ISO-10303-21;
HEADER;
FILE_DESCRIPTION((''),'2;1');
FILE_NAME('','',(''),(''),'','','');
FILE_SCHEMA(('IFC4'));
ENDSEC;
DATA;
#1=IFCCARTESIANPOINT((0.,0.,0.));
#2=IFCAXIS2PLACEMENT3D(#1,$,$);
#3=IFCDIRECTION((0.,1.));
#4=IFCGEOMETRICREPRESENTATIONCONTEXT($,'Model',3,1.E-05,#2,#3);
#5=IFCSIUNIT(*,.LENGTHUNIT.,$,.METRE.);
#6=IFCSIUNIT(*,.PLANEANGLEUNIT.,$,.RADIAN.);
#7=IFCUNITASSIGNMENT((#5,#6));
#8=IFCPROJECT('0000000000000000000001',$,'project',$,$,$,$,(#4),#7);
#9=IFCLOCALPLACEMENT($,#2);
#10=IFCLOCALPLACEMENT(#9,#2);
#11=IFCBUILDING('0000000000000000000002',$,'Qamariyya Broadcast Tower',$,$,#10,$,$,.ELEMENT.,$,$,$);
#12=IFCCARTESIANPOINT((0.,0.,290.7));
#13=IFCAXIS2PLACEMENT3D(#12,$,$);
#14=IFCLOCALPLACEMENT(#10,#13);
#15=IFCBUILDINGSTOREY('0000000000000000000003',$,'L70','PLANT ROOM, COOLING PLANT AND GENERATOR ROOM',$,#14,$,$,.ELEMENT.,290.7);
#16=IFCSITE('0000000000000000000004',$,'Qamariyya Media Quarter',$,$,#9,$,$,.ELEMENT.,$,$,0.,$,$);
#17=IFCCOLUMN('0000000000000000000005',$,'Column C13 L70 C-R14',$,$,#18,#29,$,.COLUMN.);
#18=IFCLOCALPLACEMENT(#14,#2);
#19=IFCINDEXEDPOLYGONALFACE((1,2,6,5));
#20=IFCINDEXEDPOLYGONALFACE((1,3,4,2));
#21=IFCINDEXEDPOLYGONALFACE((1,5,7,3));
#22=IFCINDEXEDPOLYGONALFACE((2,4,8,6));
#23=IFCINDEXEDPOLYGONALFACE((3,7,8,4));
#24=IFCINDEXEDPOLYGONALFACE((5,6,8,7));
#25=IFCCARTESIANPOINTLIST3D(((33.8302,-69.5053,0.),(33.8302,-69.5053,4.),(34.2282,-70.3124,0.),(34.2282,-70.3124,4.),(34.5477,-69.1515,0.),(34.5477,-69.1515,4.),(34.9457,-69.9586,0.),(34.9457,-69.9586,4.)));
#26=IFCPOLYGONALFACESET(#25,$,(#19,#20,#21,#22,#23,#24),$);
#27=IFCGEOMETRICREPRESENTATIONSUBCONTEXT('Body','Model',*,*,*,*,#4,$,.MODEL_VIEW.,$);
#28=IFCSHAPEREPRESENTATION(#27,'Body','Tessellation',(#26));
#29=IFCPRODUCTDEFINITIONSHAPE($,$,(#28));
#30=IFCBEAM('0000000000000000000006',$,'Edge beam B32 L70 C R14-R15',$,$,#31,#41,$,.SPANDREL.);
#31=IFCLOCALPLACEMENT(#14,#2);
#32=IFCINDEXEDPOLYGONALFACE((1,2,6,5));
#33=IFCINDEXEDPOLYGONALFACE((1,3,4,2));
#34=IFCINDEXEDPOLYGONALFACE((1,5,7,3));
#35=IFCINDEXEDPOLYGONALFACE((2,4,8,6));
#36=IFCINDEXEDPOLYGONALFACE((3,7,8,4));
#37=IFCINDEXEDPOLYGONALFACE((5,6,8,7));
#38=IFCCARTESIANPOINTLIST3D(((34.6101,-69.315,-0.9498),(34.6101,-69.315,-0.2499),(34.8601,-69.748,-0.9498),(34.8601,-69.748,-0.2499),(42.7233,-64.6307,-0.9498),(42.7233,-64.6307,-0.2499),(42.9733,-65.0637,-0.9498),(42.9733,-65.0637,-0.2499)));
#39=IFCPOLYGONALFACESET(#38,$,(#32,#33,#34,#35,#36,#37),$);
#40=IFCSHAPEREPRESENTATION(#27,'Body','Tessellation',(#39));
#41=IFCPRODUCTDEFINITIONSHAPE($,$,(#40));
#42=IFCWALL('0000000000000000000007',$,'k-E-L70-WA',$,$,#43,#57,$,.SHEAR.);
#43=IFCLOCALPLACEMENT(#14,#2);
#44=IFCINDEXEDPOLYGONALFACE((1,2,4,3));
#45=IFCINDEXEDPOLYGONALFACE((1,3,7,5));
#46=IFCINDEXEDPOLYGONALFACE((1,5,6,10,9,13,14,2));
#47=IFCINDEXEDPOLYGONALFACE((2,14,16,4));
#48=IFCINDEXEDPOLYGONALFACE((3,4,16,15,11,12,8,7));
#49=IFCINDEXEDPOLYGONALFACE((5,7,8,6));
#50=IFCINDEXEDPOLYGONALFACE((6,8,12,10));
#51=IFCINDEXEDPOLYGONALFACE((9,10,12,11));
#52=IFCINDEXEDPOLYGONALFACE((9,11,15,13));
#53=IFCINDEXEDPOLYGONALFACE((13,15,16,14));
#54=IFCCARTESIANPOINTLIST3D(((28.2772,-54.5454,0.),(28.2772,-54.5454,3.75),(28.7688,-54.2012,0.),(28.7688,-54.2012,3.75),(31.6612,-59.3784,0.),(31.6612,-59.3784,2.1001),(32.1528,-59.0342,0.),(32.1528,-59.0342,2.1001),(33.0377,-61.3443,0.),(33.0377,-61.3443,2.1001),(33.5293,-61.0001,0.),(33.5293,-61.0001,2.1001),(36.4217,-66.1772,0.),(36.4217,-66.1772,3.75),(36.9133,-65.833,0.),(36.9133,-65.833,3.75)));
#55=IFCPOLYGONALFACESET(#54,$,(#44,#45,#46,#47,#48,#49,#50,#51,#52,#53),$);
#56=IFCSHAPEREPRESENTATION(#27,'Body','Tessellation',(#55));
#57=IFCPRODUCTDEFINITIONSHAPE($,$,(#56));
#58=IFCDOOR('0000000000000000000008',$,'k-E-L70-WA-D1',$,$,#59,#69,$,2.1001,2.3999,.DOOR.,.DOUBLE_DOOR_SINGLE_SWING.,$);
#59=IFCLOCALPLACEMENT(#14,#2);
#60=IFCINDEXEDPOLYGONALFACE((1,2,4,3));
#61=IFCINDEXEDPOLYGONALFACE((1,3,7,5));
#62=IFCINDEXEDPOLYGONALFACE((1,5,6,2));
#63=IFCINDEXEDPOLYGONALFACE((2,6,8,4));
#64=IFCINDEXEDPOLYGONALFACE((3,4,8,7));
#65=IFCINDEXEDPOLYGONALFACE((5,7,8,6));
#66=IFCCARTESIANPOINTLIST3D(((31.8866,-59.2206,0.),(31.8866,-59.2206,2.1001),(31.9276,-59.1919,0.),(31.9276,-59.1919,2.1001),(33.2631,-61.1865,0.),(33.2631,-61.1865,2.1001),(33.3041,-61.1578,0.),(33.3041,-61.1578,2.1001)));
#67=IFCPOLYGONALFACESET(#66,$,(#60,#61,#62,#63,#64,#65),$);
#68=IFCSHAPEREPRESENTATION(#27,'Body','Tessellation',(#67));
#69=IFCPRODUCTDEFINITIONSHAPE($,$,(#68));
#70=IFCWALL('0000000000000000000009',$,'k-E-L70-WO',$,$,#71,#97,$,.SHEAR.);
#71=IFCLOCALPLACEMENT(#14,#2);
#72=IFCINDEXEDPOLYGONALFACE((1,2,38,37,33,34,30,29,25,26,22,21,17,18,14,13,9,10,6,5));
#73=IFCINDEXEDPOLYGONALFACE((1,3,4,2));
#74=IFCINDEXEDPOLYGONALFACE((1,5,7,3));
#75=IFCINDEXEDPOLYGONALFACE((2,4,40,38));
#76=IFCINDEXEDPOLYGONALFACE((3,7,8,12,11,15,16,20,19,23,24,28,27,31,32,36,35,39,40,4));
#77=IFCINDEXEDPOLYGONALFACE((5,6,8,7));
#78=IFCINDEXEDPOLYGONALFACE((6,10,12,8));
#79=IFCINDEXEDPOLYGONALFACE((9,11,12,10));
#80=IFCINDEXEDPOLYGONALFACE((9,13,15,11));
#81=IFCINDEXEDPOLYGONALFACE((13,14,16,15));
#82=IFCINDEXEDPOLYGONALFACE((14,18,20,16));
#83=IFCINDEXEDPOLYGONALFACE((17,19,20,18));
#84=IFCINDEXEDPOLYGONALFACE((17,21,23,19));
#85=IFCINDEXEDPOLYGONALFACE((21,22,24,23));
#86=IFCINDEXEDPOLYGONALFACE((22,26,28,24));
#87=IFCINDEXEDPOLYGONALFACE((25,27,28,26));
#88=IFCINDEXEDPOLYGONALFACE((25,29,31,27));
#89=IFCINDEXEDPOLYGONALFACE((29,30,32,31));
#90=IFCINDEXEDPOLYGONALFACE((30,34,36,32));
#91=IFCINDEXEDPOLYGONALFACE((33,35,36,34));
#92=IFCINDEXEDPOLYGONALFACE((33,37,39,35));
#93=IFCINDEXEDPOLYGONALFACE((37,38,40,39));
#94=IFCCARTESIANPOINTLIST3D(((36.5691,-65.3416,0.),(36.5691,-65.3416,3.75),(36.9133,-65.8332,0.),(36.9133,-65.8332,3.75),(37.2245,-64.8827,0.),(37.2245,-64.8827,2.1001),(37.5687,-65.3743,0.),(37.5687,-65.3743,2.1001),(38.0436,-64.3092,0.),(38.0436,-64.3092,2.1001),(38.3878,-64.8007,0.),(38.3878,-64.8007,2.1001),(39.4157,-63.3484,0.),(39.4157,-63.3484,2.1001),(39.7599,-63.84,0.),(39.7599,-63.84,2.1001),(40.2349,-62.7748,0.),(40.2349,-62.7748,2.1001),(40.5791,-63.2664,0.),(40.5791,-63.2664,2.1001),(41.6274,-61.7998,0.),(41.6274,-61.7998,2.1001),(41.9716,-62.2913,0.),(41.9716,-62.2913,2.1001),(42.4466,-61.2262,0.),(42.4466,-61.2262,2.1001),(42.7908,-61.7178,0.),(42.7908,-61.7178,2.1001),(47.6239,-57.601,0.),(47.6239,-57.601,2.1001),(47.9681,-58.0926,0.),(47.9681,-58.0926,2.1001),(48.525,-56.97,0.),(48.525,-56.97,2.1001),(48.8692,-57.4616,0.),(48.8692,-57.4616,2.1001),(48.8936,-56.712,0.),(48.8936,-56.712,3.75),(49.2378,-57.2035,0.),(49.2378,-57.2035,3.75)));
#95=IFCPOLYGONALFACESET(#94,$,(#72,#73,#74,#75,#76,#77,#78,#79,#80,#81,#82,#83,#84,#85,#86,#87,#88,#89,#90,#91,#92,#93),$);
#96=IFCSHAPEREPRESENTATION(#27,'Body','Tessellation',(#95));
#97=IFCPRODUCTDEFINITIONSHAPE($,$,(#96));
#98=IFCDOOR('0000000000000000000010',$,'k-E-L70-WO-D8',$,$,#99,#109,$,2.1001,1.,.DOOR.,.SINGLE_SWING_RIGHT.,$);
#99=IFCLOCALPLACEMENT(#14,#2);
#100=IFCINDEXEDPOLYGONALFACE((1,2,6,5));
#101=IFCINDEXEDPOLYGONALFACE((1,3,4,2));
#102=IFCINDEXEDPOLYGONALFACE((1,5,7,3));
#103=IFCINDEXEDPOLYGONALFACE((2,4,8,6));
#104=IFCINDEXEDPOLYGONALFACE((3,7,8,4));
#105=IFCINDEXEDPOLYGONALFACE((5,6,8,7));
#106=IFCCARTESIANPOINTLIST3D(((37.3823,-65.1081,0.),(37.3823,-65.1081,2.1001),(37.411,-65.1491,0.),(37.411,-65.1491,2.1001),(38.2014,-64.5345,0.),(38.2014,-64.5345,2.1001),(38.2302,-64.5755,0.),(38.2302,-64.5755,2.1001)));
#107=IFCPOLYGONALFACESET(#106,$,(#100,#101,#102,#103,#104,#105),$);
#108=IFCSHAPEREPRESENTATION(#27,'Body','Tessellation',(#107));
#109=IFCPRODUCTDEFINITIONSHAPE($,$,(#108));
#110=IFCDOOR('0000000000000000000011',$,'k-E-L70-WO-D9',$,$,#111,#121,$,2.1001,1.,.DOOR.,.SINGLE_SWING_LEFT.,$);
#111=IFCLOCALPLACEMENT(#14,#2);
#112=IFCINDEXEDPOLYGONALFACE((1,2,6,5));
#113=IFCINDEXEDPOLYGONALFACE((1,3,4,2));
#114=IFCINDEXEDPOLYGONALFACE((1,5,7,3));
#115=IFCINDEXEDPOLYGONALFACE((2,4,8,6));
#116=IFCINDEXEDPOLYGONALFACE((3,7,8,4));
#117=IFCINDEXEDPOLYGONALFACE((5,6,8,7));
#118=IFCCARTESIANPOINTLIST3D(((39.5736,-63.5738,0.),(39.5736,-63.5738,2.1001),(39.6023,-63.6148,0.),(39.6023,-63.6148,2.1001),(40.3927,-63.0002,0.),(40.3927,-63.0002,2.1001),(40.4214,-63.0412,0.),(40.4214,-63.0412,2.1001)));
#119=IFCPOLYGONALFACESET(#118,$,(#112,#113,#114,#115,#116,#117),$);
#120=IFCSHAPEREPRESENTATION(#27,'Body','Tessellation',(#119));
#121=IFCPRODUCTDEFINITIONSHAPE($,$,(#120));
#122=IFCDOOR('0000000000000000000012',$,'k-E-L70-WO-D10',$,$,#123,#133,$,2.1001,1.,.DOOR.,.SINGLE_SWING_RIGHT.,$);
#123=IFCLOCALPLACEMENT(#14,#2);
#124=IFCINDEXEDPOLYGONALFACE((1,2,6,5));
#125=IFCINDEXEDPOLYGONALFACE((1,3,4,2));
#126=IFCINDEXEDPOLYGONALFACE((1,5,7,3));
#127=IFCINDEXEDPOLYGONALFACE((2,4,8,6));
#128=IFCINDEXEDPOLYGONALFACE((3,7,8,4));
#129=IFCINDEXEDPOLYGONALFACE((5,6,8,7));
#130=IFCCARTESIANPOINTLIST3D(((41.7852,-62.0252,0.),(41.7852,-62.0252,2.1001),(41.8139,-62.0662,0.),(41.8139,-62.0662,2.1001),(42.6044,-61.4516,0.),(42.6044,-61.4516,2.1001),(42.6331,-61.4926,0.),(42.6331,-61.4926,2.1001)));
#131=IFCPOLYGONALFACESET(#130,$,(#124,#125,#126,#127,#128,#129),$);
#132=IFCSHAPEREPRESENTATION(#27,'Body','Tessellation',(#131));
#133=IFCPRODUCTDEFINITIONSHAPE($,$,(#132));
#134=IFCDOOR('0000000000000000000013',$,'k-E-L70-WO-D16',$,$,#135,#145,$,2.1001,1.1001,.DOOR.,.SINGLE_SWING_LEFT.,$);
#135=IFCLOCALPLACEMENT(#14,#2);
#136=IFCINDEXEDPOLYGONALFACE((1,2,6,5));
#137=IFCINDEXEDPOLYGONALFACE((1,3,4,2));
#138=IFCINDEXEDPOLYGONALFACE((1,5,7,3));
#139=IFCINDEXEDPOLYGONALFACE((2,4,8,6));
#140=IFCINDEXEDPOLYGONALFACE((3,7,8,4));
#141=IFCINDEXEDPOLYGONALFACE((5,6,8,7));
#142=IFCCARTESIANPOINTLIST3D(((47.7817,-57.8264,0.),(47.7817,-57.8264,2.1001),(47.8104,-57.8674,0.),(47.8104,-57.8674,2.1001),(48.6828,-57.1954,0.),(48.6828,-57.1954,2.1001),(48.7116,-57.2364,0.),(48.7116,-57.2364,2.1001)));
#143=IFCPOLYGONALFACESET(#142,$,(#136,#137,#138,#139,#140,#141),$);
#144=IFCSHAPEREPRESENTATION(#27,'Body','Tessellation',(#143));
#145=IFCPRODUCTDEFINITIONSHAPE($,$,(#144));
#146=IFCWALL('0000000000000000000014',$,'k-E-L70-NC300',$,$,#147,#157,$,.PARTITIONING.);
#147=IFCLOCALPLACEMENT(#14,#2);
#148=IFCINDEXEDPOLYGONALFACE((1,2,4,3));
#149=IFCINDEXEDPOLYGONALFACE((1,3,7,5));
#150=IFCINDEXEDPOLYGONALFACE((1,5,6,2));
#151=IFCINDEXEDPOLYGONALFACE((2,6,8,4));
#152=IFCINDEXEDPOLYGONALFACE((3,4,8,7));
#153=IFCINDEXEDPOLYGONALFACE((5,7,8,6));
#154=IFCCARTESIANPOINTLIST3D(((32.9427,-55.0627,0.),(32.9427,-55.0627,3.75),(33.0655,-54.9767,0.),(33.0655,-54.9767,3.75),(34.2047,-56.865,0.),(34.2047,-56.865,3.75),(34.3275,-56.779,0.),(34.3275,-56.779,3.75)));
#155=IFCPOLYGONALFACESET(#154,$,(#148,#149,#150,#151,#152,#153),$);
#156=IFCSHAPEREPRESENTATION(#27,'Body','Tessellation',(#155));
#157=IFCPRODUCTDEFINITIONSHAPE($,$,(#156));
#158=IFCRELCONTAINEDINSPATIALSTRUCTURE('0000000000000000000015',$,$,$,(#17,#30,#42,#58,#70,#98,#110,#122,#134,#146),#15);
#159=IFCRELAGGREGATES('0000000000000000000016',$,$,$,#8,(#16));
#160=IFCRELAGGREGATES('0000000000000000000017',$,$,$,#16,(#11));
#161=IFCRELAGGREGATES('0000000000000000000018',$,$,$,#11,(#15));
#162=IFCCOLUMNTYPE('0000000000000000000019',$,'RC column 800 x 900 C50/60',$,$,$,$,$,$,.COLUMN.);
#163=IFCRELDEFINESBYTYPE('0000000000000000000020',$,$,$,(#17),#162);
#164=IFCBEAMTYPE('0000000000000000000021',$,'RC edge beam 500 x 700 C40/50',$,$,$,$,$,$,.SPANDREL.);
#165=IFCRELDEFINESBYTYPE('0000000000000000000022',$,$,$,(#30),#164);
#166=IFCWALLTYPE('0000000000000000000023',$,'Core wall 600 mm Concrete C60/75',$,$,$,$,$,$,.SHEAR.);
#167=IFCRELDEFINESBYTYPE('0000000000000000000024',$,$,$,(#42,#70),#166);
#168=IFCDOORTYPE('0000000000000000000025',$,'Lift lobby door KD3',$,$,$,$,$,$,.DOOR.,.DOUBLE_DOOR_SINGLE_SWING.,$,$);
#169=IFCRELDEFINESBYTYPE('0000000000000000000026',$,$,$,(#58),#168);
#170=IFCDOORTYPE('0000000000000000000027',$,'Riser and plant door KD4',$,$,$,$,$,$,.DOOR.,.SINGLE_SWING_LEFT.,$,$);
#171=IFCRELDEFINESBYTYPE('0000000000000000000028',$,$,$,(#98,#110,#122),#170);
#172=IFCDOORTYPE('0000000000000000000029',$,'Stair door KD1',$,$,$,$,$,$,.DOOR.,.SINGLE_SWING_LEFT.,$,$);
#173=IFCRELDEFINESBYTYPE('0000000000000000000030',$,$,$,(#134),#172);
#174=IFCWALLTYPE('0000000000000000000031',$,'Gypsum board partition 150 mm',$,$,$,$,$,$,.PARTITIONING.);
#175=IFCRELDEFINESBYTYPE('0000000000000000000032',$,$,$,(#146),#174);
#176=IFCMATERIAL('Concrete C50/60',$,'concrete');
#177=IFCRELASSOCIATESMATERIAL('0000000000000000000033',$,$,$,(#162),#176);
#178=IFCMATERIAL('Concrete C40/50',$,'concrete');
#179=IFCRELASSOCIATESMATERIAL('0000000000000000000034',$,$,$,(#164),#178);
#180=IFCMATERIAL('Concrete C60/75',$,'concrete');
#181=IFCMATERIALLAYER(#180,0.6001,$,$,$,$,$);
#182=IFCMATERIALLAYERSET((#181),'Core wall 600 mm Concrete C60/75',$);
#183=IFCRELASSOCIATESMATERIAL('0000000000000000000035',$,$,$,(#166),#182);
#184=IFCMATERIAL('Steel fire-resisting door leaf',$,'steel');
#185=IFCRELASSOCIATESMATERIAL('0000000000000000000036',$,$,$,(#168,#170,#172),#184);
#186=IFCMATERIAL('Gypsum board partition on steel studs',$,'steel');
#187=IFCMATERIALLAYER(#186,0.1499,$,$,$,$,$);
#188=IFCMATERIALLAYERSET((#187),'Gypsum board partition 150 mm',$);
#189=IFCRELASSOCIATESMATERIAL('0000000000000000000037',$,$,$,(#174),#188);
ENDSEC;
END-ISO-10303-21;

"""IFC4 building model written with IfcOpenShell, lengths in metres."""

from ifc_helpers import new_model, si_unit, direction, frame, frame_2d, origin, origin_2d, place, context, subcontext, project, spatial, rectangle, extrude, material, layer, layer_set, material_profile, profile_set, type_object, element, fill, save


model = new_model("IFC4")

# Units and contexts
model_context = context("Model", 3, precision=1e-05, world=origin(), true_north=direction((0.0, 1.0)))
body_context = subcontext(model_context, "Body", "Model", "MODEL_VIEW")
ifc_project = project(units=[si_unit("LENGTHUNIT", "METRE"), si_unit("PLANEANGLEUNIT", "RADIAN")], contexts=[model_context])

# Site, building, storey
site_placement = place(None, origin())
site = spatial("IfcSite", under=ifc_project, at=site_placement, Name="Qamariyya Media Quarter", CompositionType="ELEMENT", RefElevation=0.0)
building_placement = place(site_placement, origin())
building = spatial("IfcBuilding", under=site, at=building_placement, Name="Qamariyya Broadcast Tower", CompositionType="ELEMENT")
storey_placement = place(building_placement, frame((0.0, 0.0, 290.7)))
storey = spatial("IfcBuildingStorey", under=building, at=storey_placement, Name="L70", Description="PLANT ROOM, COOLING PLANT AND GENERATOR ROOM", CompositionType="ELEMENT", Elevation=290.7)

# Column
ifc_material_1 = material(Name="Concrete C50/60", Category="concrete")
ifc_material_profile_1 = material_profile(ifc_material_1, rectangle(XDim=0.8, YDim=0.8999, at=origin_2d()))
ifc_profile_set_1 = profile_set([ifc_material_profile_1], Name="Concrete C50/60")
column_type = type_object("IfcColumnType", Name="RC column 800 x 900 C50/60", PredefinedType="COLUMN", material=ifc_profile_set_1)
column_placement = place(storey_placement, frame((34.3879, -69.7319, 0.0), z_axis=(0.0, 0.0, 1.0), x_axis=(0.896873, 0.442289, 0.0)))
element("IfcColumn", 1, at=column_placement, inside=storey, type_object=column_type, Name="Column C13 L70 C-R14", PredefinedType="COLUMN", context=body_context, shape_type="SweptSolid", body=[
    extrude(rectangle(XDim=0.8, YDim=0.8999, at=origin_2d()), origin(), (0.0, 0.0, 1.0), 4.0),
])

# Beam
ifc_material_2 = material(Name="Concrete C40/50", Category="concrete")
ifc_material_profile_2 = material_profile(ifc_material_2, rectangle(XDim=0.5, YDim=0.7, at=origin_2d()))
ifc_profile_set_2 = profile_set([ifc_material_profile_2], Name="Concrete C40/50")
beam_type = type_object("IfcBeamType", Name="RC edge beam 500 x 700 C40/50", PredefinedType="SPANDREL", material=ifc_profile_set_2)
beam_placement = place(storey_placement, frame((34.7351, -69.5315, -0.5999), z_axis=(0.86602, 0.50001, 0.0), x_axis=(-0.50001, 0.86602, 0.0)))
element("IfcBeam", 2, at=beam_placement, inside=storey, type_object=beam_type, Name="Edge beam B32 L70 C R14-R15", PredefinedType="SPANDREL", context=body_context, shape_type="SweptSolid", body=[
    extrude(rectangle(XDim=0.5, YDim=0.7, at=origin_2d()), origin(), (0.0, 0.0, 1.0), 9.3684),
])

# Wall, opening, door
ifc_material_3 = material(Name="Concrete C60/75", Category="concrete")
ifc_layer_1 = layer(ifc_material_3, 0.6001)
ifc_layer_set_1 = layer_set([ifc_layer_1], Name="Core wall 600 mm Concrete C60/75")
wall_type_1 = type_object("IfcWallType", Name="Core wall 600 mm Concrete C60/75", PredefinedType="SHEAR", material=ifc_layer_set_1)
wall_1_placement = place(storey_placement, frame((36.6675, -66.0051, 0.0), z_axis=(0.0, 0.0, 1.0), x_axis=(-0.573568, 0.819158, 0.0)))
wall_1 = element("IfcWall", 3, at=wall_1_placement, inside=storey, type_object=wall_type_1, Name="k-E-L70-WA", PredefinedType="SHEAR", context=body_context, shape_type="SweptSolid", body=[
    extrude(rectangle(XDim=14.1997, YDim=0.6001, at=frame_2d((7.0999, 0.0))), origin(), (0.0, 0.0, 1.0), 3.75),
])
opening_1_placement = place(wall_1_placement, frame((5.8999, 0.0, 0.0)))
opening_1 = element("IfcOpeningElement", 4, at=opening_1_placement, cuts=wall_1, PredefinedType="OPENING", context=body_context, shape_type="SweptSolid", body=[
    extrude(rectangle(XDim=2.3999, YDim=2.1001, at=frame_2d((1.2, 1.05))), frame((0.0, 0.3101, 0.0), z_axis=(0.0, -1.0, 0.0), x_axis=(1.0, 0.0, 0.0)), (0.0, 0.0, 1.0), 0.6201),
])
ifc_material_4 = material(Name="Steel fire-resisting door leaf", Category="steel")
door_type_1 = type_object("IfcDoorType", Name="Lift lobby door KD3", OperationType="DOUBLE_DOOR_SINGLE_SWING", PredefinedType="DOOR", material=ifc_material_4)
door_1_placement = place(opening_1_placement, origin())
door_1 = element("IfcDoor", 5, at=door_1_placement, inside=storey, type_object=door_type_1, Name="k-E-L70-WA-D1", OperationType="DOUBLE_DOOR_SINGLE_SWING", OverallHeight=2.1001, OverallWidth=2.3999, PredefinedType="DOOR", context=body_context, shape_type="SweptSolid", body=[
    extrude(rectangle(XDim=2.3999, YDim=2.1001, at=frame_2d((1.2, 1.05))), frame((0.0, 0.0249, 0.0), z_axis=(0.0, -1.0, 0.0), x_axis=(1.0, 0.0, 0.0)), (0.0, 0.0, 1.0), 0.05),
])
fill(opening_1, door_1)

# Wall, openings, doors
wall_2_placement = place(storey_placement, frame((36.7412, -65.5874, 0.0), z_axis=(0.0, 0.0, 1.0), x_axis=(0.819153, 0.573575, 0.0)))
wall_2 = element("IfcWall", 6, at=wall_2_placement, inside=storey, type_object=wall_type_1, Name="k-E-L70-WO", PredefinedType="SHEAR", context=body_context, shape_type="SweptSolid", body=[
    extrude(rectangle(XDim=15.0454, YDim=0.6001, at=frame_2d((7.5227, 0.0))), origin(), (0.0, 0.0, 1.0), 3.75),
])
opening_2_placement = place(wall_2_placement, frame((0.8, 0.0, 0.0)))
opening_2 = element("IfcOpeningElement", 7, at=opening_2_placement, cuts=wall_2, PredefinedType="OPENING", context=body_context, shape_type="SweptSolid", body=[
    extrude(rectangle(XDim=1.0, YDim=2.1001, at=frame_2d((0.5, 1.05))), frame((0.0, 0.3101, 0.0), z_axis=(0.0, -1.0, 0.0), x_axis=(1.0, 0.0, 0.0)), (0.0, 0.0, 1.0), 0.6201),
])
opening_3_placement = place(wall_2_placement, frame((3.4751, 0.0, 0.0)))
opening_3 = element("IfcOpeningElement", 8, at=opening_3_placement, cuts=wall_2, PredefinedType="OPENING", context=body_context, shape_type="SweptSolid", body=[
    extrude(rectangle(XDim=1.0, YDim=2.1001, at=frame_2d((0.5, 1.05))), frame((0.0, 0.3101, 0.0), z_axis=(0.0, -1.0, 0.0), x_axis=(1.0, 0.0, 0.0)), (0.0, 0.0, 1.0), 0.6201),
])
opening_4_placement = place(wall_2_placement, frame((6.175, 0.0, 0.0)))
opening_4 = element("IfcOpeningElement", 9, at=opening_4_placement, cuts=wall_2, PredefinedType="OPENING", context=body_context, shape_type="SweptSolid", body=[
    extrude(rectangle(XDim=1.0, YDim=2.1001, at=frame_2d((0.5, 1.05))), frame((0.0, 0.3101, 0.0), z_axis=(0.0, -1.0, 0.0), x_axis=(1.0, 0.0, 0.0)), (0.0, 0.0, 1.0), 0.6201),
])
opening_5_placement = place(wall_2_placement, frame((13.4954, 0.0, 0.0)))
opening_5 = element("IfcOpeningElement", 10, at=opening_5_placement, cuts=wall_2, PredefinedType="OPENING", context=body_context, shape_type="SweptSolid", body=[
    extrude(rectangle(XDim=1.1001, YDim=2.1001, at=frame_2d((0.55, 1.05))), frame((0.0, 0.3101, 0.0), z_axis=(0.0, -1.0, 0.0), x_axis=(1.0, 0.0, 0.0)), (0.0, 0.0, 1.0), 0.6201),
])
door_type_2 = type_object("IfcDoorType", Name="Riser and plant door KD4", OperationType="SINGLE_SWING_LEFT", PredefinedType="DOOR", material=ifc_material_4)
door_2_placement = place(opening_2_placement, origin())
door_2 = element("IfcDoor", 11, at=door_2_placement, inside=storey, type_object=door_type_2, Name="k-E-L70-WO-D8", OperationType="SINGLE_SWING_RIGHT", OverallHeight=2.1001, OverallWidth=1.0, PredefinedType="DOOR", context=body_context, shape_type="SweptSolid", body=[
    extrude(rectangle(XDim=1.0, YDim=2.1001, at=frame_2d((0.5, 1.05))), frame((0.0, 0.0249, 0.0), z_axis=(0.0, -1.0, 0.0), x_axis=(1.0, 0.0, 0.0)), (0.0, 0.0, 1.0), 0.05),
])
fill(opening_2, door_2)
door_3_placement = place(opening_3_placement, origin())
door_3 = element("IfcDoor", 12, at=door_3_placement, inside=storey, type_object=door_type_2, Name="k-E-L70-WO-D9", OperationType="SINGLE_SWING_LEFT", OverallHeight=2.1001, OverallWidth=1.0, PredefinedType="DOOR", context=body_context, shape_type="SweptSolid", body=[
    extrude(rectangle(XDim=1.0, YDim=2.1001, at=frame_2d((0.5, 1.05))), frame((0.0, 0.0249, 0.0), z_axis=(0.0, -1.0, 0.0), x_axis=(1.0, 0.0, 0.0)), (0.0, 0.0, 1.0), 0.05),
])
fill(opening_3, door_3)
door_4_placement = place(opening_4_placement, origin())
door_4 = element("IfcDoor", 13, at=door_4_placement, inside=storey, type_object=door_type_2, Name="k-E-L70-WO-D10", OperationType="SINGLE_SWING_RIGHT", OverallHeight=2.1001, OverallWidth=1.0, PredefinedType="DOOR", context=body_context, shape_type="SweptSolid", body=[
    extrude(rectangle(XDim=1.0, YDim=2.1001, at=frame_2d((0.5, 1.05))), frame((0.0, 0.0249, 0.0), z_axis=(0.0, -1.0, 0.0), x_axis=(1.0, 0.0, 0.0)), (0.0, 0.0, 1.0), 0.05),
])
fill(opening_4, door_4)
door_type_3 = type_object("IfcDoorType", Name="Stair door KD1", OperationType="SINGLE_SWING_LEFT", PredefinedType="DOOR", material=ifc_material_4)
door_5_placement = place(opening_5_placement, origin())
door_5 = element("IfcDoor", 14, at=door_5_placement, inside=storey, type_object=door_type_3, Name="k-E-L70-WO-D16", OperationType="SINGLE_SWING_LEFT", OverallHeight=2.1001, OverallWidth=1.1001, PredefinedType="DOOR", context=body_context, shape_type="SweptSolid", body=[
    extrude(rectangle(XDim=1.1001, YDim=2.1001, at=frame_2d((0.55, 1.05))), frame((0.0, 0.0249, 0.0), z_axis=(0.0, -1.0, 0.0), x_axis=(1.0, 0.0, 0.0)), (0.0, 0.0, 1.0), 0.05),
])
fill(opening_5, door_5)

# Wall
ifc_material_5 = material(Name="Gypsum board partition on steel studs", Category="steel")
ifc_layer_2 = layer(ifc_material_5, 0.1499)
ifc_layer_set_2 = layer_set([ifc_layer_2], Name="Gypsum board partition 150 mm")
wall_type_2 = type_object("IfcWallType", Name="Gypsum board partition 150 mm", PredefinedType="PARTITIONING", material=ifc_layer_set_2)
wall_3_placement = place(storey_placement, frame((34.2661, -56.822, 0.0), z_axis=(0.0, 0.0, 1.0), x_axis=(-0.573581, 0.819149, 0.0)))
element("IfcWall", 15, at=wall_3_placement, inside=storey, type_object=wall_type_2, Name="k-E-L70-NC300", PredefinedType="PARTITIONING", context=body_context, shape_type="SweptSolid", body=[
    extrude(rectangle(XDim=2.2002, YDim=0.1499, at=frame_2d((1.1001, 0.0))), origin(), (0.0, 0.0, 1.0), 3.75),
])

save(model, "model.ifc")
